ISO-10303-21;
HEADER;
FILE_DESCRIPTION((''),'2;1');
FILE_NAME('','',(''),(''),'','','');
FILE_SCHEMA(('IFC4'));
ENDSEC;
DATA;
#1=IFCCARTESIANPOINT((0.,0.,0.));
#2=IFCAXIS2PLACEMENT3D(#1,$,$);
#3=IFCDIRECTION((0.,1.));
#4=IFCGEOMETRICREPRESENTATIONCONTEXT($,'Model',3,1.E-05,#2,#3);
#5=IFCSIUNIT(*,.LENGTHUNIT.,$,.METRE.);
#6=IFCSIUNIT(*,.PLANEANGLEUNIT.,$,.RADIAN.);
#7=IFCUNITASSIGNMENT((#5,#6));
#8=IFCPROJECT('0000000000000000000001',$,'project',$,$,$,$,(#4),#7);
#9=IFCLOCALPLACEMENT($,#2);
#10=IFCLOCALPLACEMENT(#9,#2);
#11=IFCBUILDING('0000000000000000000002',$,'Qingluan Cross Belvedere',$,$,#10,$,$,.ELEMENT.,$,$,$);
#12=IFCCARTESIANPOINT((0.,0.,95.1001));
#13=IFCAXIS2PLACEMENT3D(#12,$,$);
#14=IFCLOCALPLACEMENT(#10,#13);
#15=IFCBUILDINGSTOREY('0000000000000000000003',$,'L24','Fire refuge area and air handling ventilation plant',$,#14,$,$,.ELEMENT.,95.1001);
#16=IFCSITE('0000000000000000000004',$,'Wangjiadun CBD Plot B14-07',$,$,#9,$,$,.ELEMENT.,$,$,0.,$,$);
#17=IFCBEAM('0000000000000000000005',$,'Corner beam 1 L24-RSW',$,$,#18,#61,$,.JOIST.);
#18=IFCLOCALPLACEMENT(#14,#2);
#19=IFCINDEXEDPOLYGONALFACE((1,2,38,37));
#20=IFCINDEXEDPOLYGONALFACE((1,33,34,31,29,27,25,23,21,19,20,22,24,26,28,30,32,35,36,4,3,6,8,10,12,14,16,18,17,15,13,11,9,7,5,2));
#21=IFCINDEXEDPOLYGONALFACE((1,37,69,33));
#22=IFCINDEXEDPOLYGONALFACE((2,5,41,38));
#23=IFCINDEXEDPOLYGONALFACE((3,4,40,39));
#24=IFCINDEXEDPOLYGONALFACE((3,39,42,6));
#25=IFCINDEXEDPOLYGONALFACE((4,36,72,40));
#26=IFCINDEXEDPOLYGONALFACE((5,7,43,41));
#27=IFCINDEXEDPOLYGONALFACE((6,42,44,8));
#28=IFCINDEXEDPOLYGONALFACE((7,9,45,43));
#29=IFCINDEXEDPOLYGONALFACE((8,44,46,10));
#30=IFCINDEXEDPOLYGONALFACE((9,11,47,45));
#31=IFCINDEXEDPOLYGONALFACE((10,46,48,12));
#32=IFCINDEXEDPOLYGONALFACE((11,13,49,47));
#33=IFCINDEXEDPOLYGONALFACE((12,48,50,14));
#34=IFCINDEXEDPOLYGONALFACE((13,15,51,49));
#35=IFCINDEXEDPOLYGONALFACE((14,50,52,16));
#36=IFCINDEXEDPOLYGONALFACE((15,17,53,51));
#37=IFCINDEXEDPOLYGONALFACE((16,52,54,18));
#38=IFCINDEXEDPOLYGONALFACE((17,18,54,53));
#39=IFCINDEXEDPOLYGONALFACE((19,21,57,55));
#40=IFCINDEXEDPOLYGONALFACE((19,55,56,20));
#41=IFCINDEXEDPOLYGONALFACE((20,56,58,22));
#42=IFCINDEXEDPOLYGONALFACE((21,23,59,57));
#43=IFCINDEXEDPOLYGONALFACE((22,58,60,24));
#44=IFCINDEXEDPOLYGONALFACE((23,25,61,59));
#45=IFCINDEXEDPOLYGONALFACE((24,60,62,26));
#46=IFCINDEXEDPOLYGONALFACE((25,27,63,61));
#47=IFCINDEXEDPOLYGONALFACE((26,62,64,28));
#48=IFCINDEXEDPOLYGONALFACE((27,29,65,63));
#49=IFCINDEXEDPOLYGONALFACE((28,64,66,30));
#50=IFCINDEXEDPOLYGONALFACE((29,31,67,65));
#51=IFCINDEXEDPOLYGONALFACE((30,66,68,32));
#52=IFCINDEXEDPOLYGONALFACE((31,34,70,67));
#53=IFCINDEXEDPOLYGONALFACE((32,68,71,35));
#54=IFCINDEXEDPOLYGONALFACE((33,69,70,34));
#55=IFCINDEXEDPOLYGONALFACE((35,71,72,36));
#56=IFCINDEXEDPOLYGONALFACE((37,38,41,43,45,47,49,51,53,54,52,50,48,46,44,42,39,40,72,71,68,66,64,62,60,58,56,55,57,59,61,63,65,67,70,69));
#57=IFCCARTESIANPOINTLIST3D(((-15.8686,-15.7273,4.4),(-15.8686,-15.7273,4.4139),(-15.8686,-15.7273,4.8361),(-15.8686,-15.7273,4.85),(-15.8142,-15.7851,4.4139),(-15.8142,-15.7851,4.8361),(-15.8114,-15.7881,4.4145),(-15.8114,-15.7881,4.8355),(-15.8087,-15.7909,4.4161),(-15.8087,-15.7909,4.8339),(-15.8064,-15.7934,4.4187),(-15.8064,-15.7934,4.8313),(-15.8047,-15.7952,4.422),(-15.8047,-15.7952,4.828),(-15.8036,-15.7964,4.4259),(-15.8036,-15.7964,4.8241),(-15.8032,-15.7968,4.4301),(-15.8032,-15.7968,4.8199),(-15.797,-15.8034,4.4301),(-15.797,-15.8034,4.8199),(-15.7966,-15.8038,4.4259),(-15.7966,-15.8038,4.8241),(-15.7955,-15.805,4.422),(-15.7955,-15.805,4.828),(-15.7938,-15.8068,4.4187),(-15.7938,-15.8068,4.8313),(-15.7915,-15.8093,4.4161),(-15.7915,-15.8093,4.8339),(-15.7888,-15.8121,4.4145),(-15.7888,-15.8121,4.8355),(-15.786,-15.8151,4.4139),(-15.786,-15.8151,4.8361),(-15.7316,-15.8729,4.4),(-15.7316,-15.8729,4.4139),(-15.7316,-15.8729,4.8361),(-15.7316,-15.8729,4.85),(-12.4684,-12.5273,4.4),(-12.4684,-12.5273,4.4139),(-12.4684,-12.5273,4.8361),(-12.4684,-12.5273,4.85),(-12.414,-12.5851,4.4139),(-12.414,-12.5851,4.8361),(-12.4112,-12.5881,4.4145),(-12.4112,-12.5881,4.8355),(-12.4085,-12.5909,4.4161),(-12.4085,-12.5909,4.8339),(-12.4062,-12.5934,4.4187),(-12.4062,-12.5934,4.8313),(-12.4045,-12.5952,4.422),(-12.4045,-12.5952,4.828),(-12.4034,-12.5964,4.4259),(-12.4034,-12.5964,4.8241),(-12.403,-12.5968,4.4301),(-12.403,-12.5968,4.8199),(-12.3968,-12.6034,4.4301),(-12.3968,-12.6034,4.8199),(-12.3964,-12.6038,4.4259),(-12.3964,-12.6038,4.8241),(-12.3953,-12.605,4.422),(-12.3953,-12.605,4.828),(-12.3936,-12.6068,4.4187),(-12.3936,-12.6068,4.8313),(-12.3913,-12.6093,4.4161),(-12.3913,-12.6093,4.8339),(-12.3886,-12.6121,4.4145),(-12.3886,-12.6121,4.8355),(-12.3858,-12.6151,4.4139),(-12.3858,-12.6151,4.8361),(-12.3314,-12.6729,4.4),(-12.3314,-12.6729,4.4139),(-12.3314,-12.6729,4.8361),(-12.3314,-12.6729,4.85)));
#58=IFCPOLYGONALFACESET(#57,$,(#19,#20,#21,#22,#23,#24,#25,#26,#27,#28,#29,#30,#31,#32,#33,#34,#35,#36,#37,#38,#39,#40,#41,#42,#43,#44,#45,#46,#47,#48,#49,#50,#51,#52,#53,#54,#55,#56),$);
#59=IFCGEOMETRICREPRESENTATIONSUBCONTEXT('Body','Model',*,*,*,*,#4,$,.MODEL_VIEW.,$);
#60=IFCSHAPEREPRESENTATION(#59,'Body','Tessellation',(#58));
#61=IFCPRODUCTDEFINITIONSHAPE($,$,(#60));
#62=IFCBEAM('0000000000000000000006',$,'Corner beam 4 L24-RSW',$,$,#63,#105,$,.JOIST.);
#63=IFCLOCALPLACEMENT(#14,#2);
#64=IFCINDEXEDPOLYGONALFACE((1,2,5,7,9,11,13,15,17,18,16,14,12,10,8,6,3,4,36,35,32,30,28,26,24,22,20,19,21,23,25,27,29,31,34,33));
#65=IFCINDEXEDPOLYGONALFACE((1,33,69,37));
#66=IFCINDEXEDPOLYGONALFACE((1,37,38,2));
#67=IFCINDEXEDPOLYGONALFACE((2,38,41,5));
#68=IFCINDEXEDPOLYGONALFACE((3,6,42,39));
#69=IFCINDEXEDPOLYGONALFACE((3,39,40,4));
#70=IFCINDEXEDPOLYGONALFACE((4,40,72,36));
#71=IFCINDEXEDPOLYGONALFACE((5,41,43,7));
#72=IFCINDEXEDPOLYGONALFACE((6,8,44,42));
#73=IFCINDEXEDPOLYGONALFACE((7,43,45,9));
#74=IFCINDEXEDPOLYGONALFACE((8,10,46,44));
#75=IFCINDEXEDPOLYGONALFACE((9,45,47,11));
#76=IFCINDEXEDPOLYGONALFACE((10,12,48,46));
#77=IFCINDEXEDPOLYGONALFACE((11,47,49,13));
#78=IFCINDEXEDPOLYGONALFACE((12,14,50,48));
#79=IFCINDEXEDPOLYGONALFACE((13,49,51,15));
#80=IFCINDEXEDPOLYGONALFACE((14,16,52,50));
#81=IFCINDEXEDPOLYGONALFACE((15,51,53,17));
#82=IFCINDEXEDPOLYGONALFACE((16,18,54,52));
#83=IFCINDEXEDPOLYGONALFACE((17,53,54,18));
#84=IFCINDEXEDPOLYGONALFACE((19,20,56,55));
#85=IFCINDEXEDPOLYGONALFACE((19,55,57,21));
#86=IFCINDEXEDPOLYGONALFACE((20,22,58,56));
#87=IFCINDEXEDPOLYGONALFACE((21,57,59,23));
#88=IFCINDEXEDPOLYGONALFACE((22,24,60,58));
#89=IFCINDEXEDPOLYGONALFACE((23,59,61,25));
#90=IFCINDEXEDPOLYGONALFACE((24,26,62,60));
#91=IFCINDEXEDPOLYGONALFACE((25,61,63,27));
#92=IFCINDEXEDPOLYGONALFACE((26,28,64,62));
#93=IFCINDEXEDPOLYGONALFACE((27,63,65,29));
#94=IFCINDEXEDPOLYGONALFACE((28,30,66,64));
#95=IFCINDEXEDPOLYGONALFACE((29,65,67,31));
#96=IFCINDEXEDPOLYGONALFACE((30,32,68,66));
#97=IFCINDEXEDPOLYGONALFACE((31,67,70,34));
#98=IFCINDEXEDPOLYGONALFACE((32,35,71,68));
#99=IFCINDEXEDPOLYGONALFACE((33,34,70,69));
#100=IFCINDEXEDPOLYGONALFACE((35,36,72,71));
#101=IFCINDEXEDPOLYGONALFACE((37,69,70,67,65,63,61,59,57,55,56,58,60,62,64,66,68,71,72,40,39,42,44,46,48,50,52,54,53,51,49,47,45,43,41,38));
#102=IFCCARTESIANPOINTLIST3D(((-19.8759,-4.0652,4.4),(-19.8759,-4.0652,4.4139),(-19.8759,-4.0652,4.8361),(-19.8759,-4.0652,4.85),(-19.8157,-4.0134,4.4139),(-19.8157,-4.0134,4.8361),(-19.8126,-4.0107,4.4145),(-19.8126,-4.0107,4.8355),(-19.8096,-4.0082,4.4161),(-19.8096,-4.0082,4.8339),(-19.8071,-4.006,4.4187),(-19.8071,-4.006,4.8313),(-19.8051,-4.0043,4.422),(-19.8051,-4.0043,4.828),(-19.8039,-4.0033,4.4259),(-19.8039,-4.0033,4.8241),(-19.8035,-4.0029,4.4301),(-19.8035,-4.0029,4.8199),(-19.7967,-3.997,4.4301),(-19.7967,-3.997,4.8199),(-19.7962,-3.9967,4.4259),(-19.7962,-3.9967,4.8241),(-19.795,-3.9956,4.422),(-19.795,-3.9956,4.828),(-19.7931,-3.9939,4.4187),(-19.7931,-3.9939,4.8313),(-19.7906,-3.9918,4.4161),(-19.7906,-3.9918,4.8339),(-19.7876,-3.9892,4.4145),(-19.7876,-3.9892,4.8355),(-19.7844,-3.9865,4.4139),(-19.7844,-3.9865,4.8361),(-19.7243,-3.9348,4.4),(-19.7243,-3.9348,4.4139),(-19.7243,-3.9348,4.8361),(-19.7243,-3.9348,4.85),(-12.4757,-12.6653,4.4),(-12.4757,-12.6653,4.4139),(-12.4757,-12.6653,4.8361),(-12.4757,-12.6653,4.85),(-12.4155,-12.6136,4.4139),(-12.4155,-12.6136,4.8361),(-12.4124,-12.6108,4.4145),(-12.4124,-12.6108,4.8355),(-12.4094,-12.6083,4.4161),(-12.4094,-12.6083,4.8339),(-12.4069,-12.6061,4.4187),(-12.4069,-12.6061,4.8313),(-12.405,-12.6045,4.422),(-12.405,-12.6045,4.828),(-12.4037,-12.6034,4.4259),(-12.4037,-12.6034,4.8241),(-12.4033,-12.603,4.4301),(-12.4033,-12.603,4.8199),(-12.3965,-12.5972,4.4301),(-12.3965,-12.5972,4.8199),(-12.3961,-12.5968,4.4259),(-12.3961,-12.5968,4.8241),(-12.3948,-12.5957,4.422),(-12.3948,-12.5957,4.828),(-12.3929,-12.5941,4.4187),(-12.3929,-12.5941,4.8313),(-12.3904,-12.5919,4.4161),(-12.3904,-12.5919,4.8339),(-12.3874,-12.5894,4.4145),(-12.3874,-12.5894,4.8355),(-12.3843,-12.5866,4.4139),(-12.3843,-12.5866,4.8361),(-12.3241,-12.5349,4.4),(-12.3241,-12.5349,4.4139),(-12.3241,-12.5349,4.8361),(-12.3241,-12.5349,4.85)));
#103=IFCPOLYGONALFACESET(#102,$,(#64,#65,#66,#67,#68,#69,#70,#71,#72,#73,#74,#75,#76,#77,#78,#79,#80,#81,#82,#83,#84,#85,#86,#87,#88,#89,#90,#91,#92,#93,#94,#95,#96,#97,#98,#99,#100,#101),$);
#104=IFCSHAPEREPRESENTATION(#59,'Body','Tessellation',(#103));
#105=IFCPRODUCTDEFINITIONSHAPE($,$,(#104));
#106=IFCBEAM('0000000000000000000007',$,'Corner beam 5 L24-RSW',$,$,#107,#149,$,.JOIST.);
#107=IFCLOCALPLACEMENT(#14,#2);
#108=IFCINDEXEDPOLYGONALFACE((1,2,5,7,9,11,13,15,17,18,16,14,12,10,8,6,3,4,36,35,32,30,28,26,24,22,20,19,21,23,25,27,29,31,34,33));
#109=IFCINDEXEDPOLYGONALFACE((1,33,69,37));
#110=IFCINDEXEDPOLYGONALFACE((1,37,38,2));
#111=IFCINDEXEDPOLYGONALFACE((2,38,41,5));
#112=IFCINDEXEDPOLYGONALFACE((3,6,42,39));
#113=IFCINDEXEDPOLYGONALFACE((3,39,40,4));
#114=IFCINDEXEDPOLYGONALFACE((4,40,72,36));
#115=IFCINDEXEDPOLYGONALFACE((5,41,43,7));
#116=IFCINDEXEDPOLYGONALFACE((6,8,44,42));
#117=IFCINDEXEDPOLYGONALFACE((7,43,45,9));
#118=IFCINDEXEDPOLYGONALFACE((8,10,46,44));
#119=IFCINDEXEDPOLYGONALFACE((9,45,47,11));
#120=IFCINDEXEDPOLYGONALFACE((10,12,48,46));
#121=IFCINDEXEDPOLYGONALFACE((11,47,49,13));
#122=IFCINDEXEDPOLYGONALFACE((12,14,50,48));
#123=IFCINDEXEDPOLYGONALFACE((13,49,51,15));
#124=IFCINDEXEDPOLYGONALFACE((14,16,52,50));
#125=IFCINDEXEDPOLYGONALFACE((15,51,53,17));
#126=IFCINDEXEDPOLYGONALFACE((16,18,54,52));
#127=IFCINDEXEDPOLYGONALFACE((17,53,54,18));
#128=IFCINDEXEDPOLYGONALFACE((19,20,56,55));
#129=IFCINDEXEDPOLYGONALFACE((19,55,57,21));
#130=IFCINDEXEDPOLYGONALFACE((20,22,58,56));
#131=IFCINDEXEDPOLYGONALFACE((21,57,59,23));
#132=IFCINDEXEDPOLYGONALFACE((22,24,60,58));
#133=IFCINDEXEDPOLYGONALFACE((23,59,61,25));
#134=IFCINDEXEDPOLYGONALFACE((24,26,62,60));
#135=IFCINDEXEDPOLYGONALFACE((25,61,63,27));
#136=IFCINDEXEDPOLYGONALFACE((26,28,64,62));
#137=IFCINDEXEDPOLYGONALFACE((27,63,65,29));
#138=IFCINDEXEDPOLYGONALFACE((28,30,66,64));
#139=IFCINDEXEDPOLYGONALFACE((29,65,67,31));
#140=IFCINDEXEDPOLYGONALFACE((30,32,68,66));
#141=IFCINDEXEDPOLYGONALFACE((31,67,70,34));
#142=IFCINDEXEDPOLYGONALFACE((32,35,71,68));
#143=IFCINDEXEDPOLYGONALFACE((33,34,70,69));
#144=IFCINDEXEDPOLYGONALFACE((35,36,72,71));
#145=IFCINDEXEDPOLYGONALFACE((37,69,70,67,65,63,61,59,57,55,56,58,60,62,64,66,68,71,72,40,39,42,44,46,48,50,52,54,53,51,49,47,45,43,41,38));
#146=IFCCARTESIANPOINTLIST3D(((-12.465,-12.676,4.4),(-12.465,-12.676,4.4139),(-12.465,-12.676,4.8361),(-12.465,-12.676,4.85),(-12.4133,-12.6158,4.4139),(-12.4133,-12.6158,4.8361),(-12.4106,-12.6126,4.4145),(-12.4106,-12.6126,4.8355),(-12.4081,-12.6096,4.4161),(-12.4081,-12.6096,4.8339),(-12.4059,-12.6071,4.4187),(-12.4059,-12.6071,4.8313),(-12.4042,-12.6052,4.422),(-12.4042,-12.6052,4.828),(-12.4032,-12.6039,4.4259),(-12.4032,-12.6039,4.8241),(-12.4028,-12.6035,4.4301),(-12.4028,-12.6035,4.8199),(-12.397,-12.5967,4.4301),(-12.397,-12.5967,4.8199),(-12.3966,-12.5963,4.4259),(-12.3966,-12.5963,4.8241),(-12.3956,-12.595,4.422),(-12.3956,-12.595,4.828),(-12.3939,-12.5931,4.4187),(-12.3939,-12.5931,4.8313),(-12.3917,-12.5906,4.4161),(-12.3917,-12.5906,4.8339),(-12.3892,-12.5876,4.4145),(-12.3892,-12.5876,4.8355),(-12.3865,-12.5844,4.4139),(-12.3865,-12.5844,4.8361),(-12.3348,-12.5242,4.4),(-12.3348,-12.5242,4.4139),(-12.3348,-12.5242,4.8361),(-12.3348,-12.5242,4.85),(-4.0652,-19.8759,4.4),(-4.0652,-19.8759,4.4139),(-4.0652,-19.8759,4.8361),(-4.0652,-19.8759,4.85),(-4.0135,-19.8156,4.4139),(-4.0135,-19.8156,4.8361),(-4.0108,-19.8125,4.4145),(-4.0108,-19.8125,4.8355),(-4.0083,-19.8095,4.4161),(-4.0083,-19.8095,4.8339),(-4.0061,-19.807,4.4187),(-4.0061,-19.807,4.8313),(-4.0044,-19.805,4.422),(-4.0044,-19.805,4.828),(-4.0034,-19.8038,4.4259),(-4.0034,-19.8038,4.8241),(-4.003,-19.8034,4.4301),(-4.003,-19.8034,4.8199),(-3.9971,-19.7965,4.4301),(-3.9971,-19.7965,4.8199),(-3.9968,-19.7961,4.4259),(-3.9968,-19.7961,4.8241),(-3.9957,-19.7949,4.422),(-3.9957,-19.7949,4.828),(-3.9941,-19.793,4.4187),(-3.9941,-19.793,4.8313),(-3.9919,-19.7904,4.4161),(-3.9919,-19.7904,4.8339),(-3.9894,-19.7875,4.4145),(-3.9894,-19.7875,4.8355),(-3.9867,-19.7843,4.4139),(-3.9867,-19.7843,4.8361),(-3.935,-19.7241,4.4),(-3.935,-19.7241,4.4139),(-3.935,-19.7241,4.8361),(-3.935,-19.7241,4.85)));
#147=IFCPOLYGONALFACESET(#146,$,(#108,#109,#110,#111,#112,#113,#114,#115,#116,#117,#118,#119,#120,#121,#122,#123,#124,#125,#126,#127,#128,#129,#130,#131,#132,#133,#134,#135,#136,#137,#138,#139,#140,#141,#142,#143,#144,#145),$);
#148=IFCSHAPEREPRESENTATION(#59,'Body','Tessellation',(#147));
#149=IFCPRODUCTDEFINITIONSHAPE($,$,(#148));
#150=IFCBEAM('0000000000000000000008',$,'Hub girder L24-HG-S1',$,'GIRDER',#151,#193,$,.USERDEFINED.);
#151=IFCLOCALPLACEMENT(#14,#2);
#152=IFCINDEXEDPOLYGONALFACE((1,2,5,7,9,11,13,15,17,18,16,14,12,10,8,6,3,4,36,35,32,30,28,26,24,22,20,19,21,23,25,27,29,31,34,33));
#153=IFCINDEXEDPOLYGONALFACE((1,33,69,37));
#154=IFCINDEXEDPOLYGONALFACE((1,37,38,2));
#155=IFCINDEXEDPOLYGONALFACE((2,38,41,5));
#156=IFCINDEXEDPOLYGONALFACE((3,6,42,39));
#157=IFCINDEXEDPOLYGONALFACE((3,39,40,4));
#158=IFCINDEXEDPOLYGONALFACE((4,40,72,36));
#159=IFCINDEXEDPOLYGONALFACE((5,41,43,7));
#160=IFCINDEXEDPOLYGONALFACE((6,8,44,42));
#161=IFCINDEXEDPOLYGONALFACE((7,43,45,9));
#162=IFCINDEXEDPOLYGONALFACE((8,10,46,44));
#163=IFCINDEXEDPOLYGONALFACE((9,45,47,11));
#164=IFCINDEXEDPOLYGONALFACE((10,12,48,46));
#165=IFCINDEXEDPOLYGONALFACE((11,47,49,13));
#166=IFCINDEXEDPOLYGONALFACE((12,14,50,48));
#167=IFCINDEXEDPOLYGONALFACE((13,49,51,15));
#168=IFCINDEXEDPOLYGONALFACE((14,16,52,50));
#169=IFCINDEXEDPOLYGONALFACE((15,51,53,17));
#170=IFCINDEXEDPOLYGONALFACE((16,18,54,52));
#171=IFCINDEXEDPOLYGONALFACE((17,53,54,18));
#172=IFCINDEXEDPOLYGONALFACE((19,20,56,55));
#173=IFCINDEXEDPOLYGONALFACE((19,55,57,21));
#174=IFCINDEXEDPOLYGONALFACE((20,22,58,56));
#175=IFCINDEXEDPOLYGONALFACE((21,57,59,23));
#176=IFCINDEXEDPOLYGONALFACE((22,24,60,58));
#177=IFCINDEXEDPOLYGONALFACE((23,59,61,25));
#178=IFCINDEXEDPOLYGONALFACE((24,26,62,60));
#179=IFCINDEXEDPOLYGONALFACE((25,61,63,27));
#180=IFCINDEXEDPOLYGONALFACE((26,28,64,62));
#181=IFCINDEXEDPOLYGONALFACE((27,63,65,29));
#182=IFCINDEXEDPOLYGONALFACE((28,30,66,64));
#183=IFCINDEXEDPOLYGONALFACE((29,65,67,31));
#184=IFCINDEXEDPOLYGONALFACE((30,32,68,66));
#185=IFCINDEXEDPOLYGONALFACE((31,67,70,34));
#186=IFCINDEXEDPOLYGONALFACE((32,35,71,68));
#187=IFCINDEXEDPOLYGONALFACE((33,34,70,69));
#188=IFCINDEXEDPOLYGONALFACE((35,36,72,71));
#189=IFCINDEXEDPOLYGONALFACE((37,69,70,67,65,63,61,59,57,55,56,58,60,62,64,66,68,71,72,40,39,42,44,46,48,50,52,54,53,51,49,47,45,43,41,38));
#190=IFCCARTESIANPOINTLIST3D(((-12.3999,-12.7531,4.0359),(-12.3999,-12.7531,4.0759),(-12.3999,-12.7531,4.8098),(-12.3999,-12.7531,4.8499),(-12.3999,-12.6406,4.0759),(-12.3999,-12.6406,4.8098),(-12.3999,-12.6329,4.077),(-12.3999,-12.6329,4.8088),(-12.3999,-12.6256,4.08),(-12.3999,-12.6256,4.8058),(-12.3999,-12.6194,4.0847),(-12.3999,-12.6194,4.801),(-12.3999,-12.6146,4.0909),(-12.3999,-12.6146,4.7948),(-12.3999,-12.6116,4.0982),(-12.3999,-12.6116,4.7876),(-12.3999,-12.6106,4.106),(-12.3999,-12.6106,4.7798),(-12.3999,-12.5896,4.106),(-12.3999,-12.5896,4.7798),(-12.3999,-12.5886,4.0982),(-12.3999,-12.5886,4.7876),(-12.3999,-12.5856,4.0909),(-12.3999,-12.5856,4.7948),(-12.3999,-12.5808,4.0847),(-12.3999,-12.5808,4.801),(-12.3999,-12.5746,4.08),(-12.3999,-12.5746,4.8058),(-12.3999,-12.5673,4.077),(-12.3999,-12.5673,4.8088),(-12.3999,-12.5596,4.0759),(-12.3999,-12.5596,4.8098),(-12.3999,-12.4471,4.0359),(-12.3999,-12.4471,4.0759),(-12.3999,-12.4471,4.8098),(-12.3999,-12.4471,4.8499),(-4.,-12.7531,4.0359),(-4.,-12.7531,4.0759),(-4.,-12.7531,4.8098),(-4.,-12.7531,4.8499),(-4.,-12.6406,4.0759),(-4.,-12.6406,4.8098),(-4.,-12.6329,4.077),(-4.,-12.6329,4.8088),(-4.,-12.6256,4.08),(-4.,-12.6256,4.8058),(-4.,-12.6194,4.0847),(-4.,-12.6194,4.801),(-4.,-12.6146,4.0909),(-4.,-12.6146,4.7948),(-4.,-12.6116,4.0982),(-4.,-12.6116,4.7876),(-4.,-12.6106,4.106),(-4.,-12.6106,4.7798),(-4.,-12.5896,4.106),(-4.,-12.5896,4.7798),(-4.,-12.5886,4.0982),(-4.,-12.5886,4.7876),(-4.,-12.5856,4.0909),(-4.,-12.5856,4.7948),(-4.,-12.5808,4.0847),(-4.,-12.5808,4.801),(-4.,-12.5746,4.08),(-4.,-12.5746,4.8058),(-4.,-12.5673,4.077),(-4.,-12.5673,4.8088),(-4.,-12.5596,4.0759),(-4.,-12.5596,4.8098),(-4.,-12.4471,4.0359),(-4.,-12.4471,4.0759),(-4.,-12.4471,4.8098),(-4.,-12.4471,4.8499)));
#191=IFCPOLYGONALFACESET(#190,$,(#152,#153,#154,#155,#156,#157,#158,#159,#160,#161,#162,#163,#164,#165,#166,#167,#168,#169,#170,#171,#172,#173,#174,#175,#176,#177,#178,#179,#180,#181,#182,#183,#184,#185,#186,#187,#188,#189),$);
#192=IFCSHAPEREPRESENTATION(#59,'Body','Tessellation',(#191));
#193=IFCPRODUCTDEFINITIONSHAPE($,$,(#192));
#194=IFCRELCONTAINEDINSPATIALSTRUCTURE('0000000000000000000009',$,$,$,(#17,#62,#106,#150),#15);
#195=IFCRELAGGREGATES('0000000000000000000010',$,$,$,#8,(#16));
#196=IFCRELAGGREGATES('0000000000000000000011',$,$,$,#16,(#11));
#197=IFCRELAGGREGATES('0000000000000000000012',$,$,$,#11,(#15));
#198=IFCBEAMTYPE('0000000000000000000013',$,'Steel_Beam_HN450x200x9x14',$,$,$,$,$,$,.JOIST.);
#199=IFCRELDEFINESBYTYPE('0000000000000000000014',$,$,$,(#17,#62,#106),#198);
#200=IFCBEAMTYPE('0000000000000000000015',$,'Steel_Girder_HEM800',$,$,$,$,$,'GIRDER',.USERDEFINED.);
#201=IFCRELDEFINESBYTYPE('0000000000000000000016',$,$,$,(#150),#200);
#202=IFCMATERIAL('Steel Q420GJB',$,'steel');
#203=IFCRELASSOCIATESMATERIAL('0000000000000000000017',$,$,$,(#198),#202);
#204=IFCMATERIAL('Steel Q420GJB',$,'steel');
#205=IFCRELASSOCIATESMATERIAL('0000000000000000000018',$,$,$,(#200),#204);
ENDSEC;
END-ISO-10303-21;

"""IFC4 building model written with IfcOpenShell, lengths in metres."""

from ifc_helpers import new_model, si_unit, direction, frame, origin, origin_2d, place, context, subcontext, project, spatial, i_section, extrude, material, material_profile, profile_set, type_object, element, save


model = new_model("IFC4")

# Units and contexts
model_context = context("Model", 3, precision=1e-05, world=origin(), true_north=direction((0.0, 1.0)))
body_context = subcontext(model_context, "Body", "Model", "MODEL_VIEW")
ifc_project = project(units=[si_unit("LENGTHUNIT", "METRE"), si_unit("PLANEANGLEUNIT", "RADIAN")], contexts=[model_context])

# Site, building, storey
site_placement = place(None, origin())
site = spatial("IfcSite", under=ifc_project, at=site_placement, Name="Wangjiadun CBD Plot B14-07", CompositionType="ELEMENT", RefElevation=0.0)
building_placement = place(site_placement, origin())
building = spatial("IfcBuilding", under=site, at=building_placement, Name="Qingluan Cross Belvedere", CompositionType="ELEMENT")
storey_placement = place(building_placement, frame((0.0, 0.0, 95.1001)))
storey = spatial("IfcBuildingStorey", under=building, at=storey_placement, Name="L24", Description="Fire refuge area and air handling ventilation plant", CompositionType="ELEMENT", Elevation=95.1001)

# Beams
ifc_material_1 = material(Name="Steel Q420GJB", Category="steel")
ifc_material_profile_1 = material_profile(ifc_material_1, i_section(OverallWidth=0.2, OverallDepth=0.45, WebThickness=0.009, FlangeThickness=0.0139, FilletRadius=0.0161, at=origin_2d()), Name="HN450x200x9x14")
ifc_profile_set_1 = profile_set([ifc_material_profile_1], Name="Steel Q420GJB")
beam_type_1 = type_object("IfcBeamType", Name="Steel_Beam_HN450x200x9x14", PredefinedType="JOIST", material=ifc_profile_set_1)
beam_1_placement = place(storey_placement, frame((-12.3999, -12.6001, 4.625), z_axis=(-0.72822, -0.685343, 0.0), x_axis=(0.685343, -0.72822, 0.0)))
element("IfcBeam", 1, at=beam_1_placement, inside=storey, type_object=beam_type_1, Name="Corner beam 1 L24-RSW", PredefinedType="JOIST", context=body_context, shape_type="SweptSolid", body=[
    extrude(i_section(OverallWidth=0.2, OverallDepth=0.45, WebThickness=0.009, FlangeThickness=0.0139, FilletRadius=0.0161, at=origin_2d()), origin(), (0.0, 0.0, 1.0), 4.6692),
])
beam_2_placement = place(storey_placement, frame((-12.3999, -12.6001, 4.625), z_axis=(-0.652245, 0.758008, 0.0), x_axis=(-0.758008, -0.652245, 0.0)))
element("IfcBeam", 2, at=beam_2_placement, inside=storey, type_object=beam_type_1, Name="Corner beam 4 L24-RSW", PredefinedType="JOIST", context=body_context, shape_type="SweptSolid", body=[
    extrude(i_section(OverallWidth=0.2, OverallDepth=0.45, WebThickness=0.009, FlangeThickness=0.0139, FilletRadius=0.0161, at=origin_2d()), origin(), (0.0, 0.0, 1.0), 11.3457),
])
beam_3_placement = place(storey_placement, frame((-12.3999, -12.6001, 4.625), z_axis=(0.759255, -0.650793, 0.0), x_axis=(0.650793, 0.759255, 0.0)))
element("IfcBeam", 3, at=beam_3_placement, inside=storey, type_object=beam_type_1, Name="Corner beam 5 L24-RSW", PredefinedType="JOIST", context=body_context, shape_type="SweptSolid", body=[
    extrude(i_section(OverallWidth=0.2, OverallDepth=0.45, WebThickness=0.009, FlangeThickness=0.0139, FilletRadius=0.0161, at=origin_2d()), origin(), (0.0, 0.0, 1.0), 11.0632),
])
ifc_material_2 = material(Name="Steel Q420GJB", Category="steel")
ifc_material_profile_2 = material_profile(ifc_material_2, i_section(OverallWidth=0.3059, OverallDepth=0.814, WebThickness=0.021, FlangeThickness=0.04, FilletRadius=0.03, at=origin_2d()), Name="HEM800")
ifc_profile_set_2 = profile_set([ifc_material_profile_2], Name="Steel Q420GJB")
beam_type_2 = type_object("IfcBeamType", Name="Steel_Girder_HEM800", ElementType="GIRDER", PredefinedType="USERDEFINED", material=ifc_profile_set_2)
beam_4_placement = place(storey_placement, frame((-12.3999, -12.6001, 4.4429), z_axis=(1.0, 0.0, 0.0), x_axis=(0.0, 1.0, 0.0)))
element("IfcBeam", 4, at=beam_4_placement, inside=storey, type_object=beam_type_2, Name="Hub girder L24-HG-S1", ObjectType="GIRDER", PredefinedType="USERDEFINED", context=body_context, shape_type="SweptSolid", body=[
    extrude(i_section(OverallWidth=0.3059, OverallDepth=0.814, WebThickness=0.021, FlangeThickness=0.04, FilletRadius=0.03, at=origin_2d()), origin(), (0.0, 0.0, 1.0), 8.3999),
])

save(model, "model.ifc")
